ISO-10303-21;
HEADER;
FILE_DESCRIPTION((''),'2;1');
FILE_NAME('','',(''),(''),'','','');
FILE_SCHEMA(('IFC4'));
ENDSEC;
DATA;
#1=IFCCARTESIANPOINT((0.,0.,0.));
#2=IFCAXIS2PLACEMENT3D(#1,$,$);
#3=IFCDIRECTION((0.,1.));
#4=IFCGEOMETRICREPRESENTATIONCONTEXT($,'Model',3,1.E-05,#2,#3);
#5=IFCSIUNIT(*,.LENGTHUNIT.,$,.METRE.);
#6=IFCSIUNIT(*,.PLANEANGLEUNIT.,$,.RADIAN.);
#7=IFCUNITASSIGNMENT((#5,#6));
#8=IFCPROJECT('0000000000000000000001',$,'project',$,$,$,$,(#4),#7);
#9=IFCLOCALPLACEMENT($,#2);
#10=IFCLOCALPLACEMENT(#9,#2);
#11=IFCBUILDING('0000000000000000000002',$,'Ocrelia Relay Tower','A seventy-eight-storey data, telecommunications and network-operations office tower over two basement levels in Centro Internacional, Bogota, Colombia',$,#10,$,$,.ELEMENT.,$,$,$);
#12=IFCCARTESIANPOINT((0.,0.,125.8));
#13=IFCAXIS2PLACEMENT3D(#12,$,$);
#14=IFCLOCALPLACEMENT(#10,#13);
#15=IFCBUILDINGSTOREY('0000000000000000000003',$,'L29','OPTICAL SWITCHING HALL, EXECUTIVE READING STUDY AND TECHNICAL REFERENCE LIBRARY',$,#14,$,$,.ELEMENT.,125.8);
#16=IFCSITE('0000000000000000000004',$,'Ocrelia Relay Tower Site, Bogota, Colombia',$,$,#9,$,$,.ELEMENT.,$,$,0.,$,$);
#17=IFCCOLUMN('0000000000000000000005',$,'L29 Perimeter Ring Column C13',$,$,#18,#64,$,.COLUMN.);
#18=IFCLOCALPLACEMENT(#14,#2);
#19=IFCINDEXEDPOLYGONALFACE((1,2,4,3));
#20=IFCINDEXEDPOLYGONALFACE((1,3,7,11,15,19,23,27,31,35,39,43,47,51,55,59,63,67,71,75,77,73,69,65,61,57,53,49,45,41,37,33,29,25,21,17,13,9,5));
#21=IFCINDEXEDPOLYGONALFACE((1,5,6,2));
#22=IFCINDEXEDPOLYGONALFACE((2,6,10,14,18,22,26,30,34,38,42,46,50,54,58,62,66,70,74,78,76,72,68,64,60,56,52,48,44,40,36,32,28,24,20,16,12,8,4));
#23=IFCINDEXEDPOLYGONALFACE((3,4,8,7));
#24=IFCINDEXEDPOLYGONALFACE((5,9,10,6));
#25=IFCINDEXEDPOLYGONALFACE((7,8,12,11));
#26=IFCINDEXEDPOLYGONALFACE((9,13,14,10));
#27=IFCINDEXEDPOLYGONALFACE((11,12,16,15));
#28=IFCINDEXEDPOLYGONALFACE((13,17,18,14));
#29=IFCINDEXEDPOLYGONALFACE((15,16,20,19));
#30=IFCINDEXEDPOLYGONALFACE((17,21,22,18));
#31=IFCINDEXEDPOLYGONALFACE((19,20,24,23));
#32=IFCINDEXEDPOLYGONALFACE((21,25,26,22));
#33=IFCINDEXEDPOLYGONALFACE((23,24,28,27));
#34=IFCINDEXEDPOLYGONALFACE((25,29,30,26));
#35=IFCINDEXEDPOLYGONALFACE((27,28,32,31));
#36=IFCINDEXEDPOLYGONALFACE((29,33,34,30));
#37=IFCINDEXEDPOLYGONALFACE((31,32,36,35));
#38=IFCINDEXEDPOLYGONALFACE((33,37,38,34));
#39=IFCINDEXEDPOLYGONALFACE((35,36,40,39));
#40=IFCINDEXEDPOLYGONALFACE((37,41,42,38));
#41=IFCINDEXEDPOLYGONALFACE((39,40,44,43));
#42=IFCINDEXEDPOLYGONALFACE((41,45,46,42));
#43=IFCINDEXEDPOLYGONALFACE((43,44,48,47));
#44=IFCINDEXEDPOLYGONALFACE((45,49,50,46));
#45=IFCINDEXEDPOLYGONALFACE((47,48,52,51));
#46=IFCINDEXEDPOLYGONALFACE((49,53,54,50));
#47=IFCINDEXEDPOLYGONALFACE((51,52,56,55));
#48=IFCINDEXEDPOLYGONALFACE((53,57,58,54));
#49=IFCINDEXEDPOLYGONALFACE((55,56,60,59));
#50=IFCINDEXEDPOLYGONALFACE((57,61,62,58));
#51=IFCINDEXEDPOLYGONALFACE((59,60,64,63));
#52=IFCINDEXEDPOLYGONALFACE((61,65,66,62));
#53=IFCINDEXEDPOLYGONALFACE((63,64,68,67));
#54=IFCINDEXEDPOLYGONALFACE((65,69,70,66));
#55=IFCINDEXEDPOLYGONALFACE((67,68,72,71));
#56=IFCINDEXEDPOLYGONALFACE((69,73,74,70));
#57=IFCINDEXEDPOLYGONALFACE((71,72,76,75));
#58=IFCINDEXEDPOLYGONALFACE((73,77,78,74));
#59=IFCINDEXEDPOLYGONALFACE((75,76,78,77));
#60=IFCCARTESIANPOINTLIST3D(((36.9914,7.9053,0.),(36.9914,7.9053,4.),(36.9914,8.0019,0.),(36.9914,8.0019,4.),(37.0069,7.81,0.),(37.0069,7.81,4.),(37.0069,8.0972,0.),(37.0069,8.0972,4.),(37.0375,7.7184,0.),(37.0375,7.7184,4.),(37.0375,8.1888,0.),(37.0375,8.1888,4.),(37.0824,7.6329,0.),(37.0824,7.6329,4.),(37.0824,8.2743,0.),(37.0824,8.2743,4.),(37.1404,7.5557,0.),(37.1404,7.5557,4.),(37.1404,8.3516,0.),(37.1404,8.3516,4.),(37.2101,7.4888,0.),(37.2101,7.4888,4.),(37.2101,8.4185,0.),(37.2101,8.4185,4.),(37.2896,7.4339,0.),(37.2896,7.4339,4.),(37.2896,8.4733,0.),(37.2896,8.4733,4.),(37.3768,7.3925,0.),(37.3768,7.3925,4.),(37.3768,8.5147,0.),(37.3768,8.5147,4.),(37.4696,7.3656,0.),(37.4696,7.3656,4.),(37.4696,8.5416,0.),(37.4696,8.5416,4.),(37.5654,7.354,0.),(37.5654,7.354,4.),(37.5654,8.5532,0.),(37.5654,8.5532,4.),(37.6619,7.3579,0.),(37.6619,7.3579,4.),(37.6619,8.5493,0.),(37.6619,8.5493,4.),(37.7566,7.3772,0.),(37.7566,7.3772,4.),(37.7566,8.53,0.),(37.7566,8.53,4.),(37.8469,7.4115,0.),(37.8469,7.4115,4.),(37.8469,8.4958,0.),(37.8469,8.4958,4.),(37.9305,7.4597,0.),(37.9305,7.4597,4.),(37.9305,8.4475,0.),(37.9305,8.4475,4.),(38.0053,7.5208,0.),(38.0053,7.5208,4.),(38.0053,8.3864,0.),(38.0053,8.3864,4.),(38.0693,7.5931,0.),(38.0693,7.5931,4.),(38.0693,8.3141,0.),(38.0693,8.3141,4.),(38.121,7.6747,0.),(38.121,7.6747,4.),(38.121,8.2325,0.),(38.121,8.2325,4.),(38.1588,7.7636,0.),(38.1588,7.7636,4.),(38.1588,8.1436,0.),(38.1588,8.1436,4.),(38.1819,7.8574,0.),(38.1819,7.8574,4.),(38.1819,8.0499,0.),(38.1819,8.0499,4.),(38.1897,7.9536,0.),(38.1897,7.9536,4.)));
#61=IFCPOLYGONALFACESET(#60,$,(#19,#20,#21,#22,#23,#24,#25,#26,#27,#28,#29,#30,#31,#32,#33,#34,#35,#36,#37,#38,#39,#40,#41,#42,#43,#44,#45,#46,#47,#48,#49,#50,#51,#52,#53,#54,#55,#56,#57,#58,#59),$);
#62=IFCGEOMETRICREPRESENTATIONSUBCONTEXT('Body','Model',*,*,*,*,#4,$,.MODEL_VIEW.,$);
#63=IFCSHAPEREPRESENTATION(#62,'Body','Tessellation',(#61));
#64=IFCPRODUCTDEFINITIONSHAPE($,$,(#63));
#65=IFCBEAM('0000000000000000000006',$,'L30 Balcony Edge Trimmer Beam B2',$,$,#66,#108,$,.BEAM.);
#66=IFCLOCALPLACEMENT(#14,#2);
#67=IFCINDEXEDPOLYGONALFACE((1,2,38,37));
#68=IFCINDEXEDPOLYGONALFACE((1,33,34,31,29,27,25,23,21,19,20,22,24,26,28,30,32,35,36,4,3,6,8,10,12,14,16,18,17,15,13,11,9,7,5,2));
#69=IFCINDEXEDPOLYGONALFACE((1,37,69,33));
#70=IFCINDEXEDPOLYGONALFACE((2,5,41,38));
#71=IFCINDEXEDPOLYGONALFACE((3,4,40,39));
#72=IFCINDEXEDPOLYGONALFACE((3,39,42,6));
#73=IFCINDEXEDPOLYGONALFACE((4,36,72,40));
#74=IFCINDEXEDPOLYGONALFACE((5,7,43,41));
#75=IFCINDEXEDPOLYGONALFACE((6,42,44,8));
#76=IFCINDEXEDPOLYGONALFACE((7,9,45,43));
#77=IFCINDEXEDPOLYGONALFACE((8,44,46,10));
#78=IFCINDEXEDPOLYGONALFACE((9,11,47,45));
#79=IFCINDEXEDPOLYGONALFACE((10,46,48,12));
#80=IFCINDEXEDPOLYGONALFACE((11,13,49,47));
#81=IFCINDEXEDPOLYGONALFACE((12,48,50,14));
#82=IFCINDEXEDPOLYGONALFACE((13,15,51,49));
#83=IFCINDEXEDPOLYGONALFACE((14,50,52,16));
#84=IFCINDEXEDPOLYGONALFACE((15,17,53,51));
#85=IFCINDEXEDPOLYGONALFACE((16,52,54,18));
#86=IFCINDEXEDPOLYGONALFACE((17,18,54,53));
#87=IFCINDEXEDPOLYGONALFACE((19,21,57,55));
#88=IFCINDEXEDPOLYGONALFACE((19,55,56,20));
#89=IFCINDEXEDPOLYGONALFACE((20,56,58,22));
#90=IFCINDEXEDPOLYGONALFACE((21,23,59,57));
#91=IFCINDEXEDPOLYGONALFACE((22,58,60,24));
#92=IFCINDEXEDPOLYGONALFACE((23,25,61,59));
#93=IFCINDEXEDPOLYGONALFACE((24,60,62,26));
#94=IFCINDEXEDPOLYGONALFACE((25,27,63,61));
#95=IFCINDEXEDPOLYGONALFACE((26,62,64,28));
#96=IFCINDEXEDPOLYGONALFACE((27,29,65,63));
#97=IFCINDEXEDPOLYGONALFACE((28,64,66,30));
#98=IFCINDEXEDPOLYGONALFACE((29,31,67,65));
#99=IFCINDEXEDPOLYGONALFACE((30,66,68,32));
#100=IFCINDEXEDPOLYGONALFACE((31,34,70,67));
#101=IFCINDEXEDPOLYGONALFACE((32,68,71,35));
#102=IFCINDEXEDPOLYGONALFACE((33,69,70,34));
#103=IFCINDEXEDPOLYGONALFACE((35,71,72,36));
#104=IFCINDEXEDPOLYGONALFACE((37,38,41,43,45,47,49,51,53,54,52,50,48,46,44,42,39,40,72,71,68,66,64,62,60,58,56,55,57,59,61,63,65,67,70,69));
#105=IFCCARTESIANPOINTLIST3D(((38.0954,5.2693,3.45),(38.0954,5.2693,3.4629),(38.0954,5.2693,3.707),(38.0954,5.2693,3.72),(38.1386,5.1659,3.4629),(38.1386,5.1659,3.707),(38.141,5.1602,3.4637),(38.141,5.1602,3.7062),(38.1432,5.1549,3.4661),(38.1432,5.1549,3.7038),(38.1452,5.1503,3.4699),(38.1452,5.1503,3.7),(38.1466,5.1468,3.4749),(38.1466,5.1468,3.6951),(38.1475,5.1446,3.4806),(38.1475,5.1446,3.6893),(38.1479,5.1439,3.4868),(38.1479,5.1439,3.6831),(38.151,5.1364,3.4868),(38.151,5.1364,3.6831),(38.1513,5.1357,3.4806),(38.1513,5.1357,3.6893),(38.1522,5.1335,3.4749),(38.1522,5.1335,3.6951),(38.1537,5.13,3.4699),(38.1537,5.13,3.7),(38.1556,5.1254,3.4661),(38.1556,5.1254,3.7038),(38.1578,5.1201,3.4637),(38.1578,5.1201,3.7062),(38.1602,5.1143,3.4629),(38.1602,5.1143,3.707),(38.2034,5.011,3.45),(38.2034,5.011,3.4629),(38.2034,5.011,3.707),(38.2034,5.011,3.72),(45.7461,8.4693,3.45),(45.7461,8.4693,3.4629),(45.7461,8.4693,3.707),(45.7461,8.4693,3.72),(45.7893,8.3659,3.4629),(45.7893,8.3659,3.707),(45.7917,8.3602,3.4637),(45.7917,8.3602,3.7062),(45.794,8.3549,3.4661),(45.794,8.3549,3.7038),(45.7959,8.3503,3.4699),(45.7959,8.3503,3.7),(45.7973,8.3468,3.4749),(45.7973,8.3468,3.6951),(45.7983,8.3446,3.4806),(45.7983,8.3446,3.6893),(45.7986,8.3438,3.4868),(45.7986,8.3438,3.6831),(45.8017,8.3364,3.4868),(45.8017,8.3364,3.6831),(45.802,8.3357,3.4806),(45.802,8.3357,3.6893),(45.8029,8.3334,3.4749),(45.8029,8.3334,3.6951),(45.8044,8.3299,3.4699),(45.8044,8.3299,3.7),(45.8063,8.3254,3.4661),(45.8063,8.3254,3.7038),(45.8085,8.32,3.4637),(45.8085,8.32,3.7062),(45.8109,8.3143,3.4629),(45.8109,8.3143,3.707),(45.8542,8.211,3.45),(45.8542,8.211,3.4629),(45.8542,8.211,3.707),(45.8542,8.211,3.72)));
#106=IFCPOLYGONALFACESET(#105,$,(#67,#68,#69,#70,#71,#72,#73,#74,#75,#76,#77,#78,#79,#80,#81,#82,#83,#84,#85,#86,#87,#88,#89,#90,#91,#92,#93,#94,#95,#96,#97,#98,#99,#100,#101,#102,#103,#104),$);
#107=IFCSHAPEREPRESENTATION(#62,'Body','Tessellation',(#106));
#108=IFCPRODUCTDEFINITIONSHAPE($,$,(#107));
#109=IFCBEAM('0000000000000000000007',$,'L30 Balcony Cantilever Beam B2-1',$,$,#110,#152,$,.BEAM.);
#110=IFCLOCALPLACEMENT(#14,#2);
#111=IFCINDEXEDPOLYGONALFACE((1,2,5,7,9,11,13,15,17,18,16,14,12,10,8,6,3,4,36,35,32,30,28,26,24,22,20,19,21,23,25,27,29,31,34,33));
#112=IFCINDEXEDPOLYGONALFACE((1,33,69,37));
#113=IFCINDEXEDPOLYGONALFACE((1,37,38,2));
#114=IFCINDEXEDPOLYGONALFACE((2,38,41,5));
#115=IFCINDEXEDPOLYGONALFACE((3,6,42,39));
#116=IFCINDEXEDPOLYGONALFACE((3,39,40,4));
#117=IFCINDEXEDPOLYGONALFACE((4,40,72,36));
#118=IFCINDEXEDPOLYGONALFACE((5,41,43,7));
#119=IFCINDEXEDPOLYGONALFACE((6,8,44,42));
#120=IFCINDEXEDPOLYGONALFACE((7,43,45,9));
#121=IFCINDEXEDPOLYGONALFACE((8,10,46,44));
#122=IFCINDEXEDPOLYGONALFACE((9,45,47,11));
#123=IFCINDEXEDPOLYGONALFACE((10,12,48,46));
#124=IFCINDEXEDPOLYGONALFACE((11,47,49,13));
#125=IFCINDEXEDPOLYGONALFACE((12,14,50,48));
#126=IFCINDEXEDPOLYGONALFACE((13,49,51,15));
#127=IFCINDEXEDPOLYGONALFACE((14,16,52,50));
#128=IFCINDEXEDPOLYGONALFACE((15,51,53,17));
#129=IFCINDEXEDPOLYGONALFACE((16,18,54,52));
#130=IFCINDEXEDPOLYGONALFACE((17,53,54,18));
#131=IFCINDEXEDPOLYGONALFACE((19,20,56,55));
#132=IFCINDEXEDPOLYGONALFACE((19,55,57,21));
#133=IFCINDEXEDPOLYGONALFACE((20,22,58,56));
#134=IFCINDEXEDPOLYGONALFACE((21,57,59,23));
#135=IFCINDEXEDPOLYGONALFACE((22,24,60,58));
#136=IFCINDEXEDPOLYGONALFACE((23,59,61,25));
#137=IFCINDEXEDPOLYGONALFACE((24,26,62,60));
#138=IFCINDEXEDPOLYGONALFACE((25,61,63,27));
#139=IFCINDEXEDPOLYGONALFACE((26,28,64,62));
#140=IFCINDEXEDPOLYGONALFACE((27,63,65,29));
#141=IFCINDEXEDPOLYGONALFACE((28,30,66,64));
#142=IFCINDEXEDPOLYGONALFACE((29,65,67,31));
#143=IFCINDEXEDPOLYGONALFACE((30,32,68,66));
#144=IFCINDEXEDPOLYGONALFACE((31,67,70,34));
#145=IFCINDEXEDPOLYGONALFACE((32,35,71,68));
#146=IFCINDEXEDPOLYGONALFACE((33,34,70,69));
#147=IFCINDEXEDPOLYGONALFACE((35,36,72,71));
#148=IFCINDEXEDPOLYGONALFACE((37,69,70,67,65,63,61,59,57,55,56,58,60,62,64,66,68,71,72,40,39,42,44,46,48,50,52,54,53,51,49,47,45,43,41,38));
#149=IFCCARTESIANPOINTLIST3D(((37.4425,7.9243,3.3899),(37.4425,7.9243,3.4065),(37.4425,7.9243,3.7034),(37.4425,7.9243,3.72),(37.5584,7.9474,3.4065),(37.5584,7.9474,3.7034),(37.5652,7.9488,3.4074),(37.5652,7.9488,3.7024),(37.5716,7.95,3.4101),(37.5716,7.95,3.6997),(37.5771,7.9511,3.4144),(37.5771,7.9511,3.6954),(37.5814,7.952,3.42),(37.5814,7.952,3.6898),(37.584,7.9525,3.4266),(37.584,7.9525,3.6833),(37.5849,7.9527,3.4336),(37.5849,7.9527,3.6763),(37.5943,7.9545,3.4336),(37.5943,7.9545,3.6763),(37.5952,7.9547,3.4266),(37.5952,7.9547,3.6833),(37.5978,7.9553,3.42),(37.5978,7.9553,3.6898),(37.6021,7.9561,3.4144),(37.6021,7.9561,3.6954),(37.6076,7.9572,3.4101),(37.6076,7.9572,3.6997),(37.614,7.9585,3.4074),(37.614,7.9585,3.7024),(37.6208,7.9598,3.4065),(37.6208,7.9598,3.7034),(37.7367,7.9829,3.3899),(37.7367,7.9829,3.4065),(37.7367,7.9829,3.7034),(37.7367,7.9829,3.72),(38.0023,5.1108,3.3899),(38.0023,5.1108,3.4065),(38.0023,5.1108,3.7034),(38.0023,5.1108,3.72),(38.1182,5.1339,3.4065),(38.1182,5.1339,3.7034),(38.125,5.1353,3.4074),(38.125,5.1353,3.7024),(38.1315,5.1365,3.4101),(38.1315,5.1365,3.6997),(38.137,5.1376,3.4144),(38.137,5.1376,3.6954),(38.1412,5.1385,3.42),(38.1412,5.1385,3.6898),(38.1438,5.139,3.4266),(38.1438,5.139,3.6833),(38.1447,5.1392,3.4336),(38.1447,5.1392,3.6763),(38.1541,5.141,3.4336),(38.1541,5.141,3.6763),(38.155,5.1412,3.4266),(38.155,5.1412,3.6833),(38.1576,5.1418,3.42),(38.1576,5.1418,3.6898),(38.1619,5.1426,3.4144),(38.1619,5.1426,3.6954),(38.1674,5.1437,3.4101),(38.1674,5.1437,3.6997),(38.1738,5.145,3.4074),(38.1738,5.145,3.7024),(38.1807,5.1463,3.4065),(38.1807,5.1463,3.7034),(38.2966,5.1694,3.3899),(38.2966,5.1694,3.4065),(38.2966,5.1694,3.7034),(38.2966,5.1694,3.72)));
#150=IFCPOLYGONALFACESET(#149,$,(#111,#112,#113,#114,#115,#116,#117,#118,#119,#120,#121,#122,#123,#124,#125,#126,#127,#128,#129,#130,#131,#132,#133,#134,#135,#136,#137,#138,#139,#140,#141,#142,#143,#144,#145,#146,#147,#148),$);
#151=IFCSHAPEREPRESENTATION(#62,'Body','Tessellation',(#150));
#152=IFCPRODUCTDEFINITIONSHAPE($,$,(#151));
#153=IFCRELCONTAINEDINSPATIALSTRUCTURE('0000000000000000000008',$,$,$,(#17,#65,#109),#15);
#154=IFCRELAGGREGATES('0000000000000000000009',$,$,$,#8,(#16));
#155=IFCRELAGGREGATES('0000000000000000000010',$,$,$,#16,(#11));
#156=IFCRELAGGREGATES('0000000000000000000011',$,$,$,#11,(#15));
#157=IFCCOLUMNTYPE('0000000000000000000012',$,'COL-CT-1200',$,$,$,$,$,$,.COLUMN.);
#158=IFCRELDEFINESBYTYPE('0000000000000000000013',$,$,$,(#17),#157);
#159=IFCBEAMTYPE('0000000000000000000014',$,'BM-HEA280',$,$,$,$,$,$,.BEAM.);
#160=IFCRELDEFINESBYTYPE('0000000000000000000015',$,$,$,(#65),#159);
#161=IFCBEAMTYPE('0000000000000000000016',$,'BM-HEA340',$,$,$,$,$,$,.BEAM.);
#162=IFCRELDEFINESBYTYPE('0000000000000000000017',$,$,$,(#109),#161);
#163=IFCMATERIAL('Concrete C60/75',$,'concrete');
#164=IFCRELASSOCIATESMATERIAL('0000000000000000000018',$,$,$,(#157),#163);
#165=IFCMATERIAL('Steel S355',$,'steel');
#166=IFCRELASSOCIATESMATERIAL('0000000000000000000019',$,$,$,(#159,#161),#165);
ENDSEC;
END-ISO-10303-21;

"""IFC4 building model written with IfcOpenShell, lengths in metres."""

from ifc_helpers import new_model, si_unit, direction, frame, origin, origin_2d, place, context, subcontext, project, spatial, circle, i_section, extrude, material, material_profile, profile_set, type_object, element, save


model = new_model("IFC4")

# Units and contexts
model_context = context("Model", 3, precision=1e-05, world=origin(), true_north=direction((0.0, 1.0)))
body_context = subcontext(model_context, "Body", "Model", "MODEL_VIEW")
ifc_project = project(units=[si_unit("LENGTHUNIT", "METRE"), si_unit("PLANEANGLEUNIT", "RADIAN")], contexts=[model_context])

# Site, building, storey
site_placement = place(None, origin())
site = spatial("IfcSite", under=ifc_project, at=site_placement, Name="Ocrelia Relay Tower Site, Bogota, Colombia", CompositionType="ELEMENT", RefElevation=0.0)
building_placement = place(site_placement, origin())
building = spatial("IfcBuilding", under=site, at=building_placement, Name="Ocrelia Relay Tower", Description="A seventy-eight-storey data, telecommunications and network-operations office tower over two basement levels in Centro Internacional, Bogota, Colombia", CompositionType="ELEMENT")
storey_placement = place(building_placement, frame((0.0, 0.0, 125.8)))
storey = spatial("IfcBuildingStorey", under=building, at=storey_placement, Name="L29", Description="OPTICAL SWITCHING HALL, EXECUTIVE READING STUDY AND TECHNICAL REFERENCE LIBRARY", CompositionType="ELEMENT", Elevation=125.8)

# Column
ifc_material_1 = material(Name="Concrete C60/75", Category="concrete")
ifc_material_profile_1 = material_profile(ifc_material_1, circle(Radius=0.6001, at=origin_2d()), Name="RC-CIR-1200")
ifc_profile_set_1 = profile_set([ifc_material_profile_1], Name="Concrete C60/75")
column_type = type_object("IfcColumnType", Name="COL-CT-1200", PredefinedType="COLUMN", material=ifc_profile_set_1)
column_placement = place(storey_placement, frame((37.5896, 7.9536, 0.0), z_axis=(0.0, 0.0, 1.0), x_axis=(1.0, 0.0, 0.0)))
element("IfcColumn", 1, at=column_placement, inside=storey, type_object=column_type, Name="L29 Perimeter Ring Column C13", PredefinedType="COLUMN", context=body_context, shape_type="SweptSolid", body=[
    extrude(circle(Radius=0.6001, at=origin_2d()), origin(), (0.0, 0.0, 1.0), 4.0),
])

# Beams
ifc_material_2 = material(Name="Steel S355", Category="steel")
ifc_material_profile_2 = material_profile(ifc_material_2, i_section(OverallWidth=0.28, OverallDepth=0.27, WebThickness=0.0081, FlangeThickness=0.0129, FilletRadius=0.0239, at=origin_2d()), Name="HEA 280")
ifc_profile_set_2 = profile_set([ifc_material_profile_2], Name="Steel S355")
beam_type_1 = type_object("IfcBeamType", Name="BM-HEA280", PredefinedType="BEAM", material=ifc_profile_set_2)
beam_1_placement = place(storey_placement, frame((38.1494, 5.1401, 3.585), z_axis=(0.922554, 0.385867, 0.0), x_axis=(-0.385867, 0.922554, 0.0)))
element("IfcBeam", 2, at=beam_1_placement, inside=storey, type_object=beam_type_1, Name="L30 Balcony Edge Trimmer Beam B2", PredefinedType="BEAM", context=body_context, shape_type="SweptSolid", body=[
    extrude(i_section(OverallWidth=0.28, OverallDepth=0.27, WebThickness=0.0081, FlangeThickness=0.0129, FilletRadius=0.0239, at=origin_2d()), origin(), (0.0, 0.0, 1.0), 8.293),
])
ifc_material_profile_3 = material_profile(ifc_material_2, i_section(OverallWidth=0.3, OverallDepth=0.3301, WebThickness=0.0095, FlangeThickness=0.0166, FilletRadius=0.0271, at=origin_2d()), Name="HEA 340")
ifc_profile_set_3 = profile_set([ifc_material_profile_3], Name="Steel S355")
beam_type_2 = type_object("IfcBeamType", Name="BM-HEA340", PredefinedType="BEAM", material=ifc_profile_set_3)
beam_2_placement = place(storey_placement, frame((37.5896, 7.9536, 3.5549), z_axis=(0.19515, -0.980773, 0.0), x_axis=(0.980773, 0.19515, 0.0)))
element("IfcBeam", 3, at=beam_2_placement, inside=storey, type_object=beam_type_2, Name="L30 Balcony Cantilever Beam B2-1", PredefinedType="BEAM", context=body_context, shape_type="SweptSolid", body=[
    extrude(i_section(OverallWidth=0.3, OverallDepth=0.3301, WebThickness=0.0095, FlangeThickness=0.0166, FilletRadius=0.0271, at=origin_2d()), origin(), (0.0, 0.0, 1.0), 2.8687),
])

save(model, "model.ifc")
